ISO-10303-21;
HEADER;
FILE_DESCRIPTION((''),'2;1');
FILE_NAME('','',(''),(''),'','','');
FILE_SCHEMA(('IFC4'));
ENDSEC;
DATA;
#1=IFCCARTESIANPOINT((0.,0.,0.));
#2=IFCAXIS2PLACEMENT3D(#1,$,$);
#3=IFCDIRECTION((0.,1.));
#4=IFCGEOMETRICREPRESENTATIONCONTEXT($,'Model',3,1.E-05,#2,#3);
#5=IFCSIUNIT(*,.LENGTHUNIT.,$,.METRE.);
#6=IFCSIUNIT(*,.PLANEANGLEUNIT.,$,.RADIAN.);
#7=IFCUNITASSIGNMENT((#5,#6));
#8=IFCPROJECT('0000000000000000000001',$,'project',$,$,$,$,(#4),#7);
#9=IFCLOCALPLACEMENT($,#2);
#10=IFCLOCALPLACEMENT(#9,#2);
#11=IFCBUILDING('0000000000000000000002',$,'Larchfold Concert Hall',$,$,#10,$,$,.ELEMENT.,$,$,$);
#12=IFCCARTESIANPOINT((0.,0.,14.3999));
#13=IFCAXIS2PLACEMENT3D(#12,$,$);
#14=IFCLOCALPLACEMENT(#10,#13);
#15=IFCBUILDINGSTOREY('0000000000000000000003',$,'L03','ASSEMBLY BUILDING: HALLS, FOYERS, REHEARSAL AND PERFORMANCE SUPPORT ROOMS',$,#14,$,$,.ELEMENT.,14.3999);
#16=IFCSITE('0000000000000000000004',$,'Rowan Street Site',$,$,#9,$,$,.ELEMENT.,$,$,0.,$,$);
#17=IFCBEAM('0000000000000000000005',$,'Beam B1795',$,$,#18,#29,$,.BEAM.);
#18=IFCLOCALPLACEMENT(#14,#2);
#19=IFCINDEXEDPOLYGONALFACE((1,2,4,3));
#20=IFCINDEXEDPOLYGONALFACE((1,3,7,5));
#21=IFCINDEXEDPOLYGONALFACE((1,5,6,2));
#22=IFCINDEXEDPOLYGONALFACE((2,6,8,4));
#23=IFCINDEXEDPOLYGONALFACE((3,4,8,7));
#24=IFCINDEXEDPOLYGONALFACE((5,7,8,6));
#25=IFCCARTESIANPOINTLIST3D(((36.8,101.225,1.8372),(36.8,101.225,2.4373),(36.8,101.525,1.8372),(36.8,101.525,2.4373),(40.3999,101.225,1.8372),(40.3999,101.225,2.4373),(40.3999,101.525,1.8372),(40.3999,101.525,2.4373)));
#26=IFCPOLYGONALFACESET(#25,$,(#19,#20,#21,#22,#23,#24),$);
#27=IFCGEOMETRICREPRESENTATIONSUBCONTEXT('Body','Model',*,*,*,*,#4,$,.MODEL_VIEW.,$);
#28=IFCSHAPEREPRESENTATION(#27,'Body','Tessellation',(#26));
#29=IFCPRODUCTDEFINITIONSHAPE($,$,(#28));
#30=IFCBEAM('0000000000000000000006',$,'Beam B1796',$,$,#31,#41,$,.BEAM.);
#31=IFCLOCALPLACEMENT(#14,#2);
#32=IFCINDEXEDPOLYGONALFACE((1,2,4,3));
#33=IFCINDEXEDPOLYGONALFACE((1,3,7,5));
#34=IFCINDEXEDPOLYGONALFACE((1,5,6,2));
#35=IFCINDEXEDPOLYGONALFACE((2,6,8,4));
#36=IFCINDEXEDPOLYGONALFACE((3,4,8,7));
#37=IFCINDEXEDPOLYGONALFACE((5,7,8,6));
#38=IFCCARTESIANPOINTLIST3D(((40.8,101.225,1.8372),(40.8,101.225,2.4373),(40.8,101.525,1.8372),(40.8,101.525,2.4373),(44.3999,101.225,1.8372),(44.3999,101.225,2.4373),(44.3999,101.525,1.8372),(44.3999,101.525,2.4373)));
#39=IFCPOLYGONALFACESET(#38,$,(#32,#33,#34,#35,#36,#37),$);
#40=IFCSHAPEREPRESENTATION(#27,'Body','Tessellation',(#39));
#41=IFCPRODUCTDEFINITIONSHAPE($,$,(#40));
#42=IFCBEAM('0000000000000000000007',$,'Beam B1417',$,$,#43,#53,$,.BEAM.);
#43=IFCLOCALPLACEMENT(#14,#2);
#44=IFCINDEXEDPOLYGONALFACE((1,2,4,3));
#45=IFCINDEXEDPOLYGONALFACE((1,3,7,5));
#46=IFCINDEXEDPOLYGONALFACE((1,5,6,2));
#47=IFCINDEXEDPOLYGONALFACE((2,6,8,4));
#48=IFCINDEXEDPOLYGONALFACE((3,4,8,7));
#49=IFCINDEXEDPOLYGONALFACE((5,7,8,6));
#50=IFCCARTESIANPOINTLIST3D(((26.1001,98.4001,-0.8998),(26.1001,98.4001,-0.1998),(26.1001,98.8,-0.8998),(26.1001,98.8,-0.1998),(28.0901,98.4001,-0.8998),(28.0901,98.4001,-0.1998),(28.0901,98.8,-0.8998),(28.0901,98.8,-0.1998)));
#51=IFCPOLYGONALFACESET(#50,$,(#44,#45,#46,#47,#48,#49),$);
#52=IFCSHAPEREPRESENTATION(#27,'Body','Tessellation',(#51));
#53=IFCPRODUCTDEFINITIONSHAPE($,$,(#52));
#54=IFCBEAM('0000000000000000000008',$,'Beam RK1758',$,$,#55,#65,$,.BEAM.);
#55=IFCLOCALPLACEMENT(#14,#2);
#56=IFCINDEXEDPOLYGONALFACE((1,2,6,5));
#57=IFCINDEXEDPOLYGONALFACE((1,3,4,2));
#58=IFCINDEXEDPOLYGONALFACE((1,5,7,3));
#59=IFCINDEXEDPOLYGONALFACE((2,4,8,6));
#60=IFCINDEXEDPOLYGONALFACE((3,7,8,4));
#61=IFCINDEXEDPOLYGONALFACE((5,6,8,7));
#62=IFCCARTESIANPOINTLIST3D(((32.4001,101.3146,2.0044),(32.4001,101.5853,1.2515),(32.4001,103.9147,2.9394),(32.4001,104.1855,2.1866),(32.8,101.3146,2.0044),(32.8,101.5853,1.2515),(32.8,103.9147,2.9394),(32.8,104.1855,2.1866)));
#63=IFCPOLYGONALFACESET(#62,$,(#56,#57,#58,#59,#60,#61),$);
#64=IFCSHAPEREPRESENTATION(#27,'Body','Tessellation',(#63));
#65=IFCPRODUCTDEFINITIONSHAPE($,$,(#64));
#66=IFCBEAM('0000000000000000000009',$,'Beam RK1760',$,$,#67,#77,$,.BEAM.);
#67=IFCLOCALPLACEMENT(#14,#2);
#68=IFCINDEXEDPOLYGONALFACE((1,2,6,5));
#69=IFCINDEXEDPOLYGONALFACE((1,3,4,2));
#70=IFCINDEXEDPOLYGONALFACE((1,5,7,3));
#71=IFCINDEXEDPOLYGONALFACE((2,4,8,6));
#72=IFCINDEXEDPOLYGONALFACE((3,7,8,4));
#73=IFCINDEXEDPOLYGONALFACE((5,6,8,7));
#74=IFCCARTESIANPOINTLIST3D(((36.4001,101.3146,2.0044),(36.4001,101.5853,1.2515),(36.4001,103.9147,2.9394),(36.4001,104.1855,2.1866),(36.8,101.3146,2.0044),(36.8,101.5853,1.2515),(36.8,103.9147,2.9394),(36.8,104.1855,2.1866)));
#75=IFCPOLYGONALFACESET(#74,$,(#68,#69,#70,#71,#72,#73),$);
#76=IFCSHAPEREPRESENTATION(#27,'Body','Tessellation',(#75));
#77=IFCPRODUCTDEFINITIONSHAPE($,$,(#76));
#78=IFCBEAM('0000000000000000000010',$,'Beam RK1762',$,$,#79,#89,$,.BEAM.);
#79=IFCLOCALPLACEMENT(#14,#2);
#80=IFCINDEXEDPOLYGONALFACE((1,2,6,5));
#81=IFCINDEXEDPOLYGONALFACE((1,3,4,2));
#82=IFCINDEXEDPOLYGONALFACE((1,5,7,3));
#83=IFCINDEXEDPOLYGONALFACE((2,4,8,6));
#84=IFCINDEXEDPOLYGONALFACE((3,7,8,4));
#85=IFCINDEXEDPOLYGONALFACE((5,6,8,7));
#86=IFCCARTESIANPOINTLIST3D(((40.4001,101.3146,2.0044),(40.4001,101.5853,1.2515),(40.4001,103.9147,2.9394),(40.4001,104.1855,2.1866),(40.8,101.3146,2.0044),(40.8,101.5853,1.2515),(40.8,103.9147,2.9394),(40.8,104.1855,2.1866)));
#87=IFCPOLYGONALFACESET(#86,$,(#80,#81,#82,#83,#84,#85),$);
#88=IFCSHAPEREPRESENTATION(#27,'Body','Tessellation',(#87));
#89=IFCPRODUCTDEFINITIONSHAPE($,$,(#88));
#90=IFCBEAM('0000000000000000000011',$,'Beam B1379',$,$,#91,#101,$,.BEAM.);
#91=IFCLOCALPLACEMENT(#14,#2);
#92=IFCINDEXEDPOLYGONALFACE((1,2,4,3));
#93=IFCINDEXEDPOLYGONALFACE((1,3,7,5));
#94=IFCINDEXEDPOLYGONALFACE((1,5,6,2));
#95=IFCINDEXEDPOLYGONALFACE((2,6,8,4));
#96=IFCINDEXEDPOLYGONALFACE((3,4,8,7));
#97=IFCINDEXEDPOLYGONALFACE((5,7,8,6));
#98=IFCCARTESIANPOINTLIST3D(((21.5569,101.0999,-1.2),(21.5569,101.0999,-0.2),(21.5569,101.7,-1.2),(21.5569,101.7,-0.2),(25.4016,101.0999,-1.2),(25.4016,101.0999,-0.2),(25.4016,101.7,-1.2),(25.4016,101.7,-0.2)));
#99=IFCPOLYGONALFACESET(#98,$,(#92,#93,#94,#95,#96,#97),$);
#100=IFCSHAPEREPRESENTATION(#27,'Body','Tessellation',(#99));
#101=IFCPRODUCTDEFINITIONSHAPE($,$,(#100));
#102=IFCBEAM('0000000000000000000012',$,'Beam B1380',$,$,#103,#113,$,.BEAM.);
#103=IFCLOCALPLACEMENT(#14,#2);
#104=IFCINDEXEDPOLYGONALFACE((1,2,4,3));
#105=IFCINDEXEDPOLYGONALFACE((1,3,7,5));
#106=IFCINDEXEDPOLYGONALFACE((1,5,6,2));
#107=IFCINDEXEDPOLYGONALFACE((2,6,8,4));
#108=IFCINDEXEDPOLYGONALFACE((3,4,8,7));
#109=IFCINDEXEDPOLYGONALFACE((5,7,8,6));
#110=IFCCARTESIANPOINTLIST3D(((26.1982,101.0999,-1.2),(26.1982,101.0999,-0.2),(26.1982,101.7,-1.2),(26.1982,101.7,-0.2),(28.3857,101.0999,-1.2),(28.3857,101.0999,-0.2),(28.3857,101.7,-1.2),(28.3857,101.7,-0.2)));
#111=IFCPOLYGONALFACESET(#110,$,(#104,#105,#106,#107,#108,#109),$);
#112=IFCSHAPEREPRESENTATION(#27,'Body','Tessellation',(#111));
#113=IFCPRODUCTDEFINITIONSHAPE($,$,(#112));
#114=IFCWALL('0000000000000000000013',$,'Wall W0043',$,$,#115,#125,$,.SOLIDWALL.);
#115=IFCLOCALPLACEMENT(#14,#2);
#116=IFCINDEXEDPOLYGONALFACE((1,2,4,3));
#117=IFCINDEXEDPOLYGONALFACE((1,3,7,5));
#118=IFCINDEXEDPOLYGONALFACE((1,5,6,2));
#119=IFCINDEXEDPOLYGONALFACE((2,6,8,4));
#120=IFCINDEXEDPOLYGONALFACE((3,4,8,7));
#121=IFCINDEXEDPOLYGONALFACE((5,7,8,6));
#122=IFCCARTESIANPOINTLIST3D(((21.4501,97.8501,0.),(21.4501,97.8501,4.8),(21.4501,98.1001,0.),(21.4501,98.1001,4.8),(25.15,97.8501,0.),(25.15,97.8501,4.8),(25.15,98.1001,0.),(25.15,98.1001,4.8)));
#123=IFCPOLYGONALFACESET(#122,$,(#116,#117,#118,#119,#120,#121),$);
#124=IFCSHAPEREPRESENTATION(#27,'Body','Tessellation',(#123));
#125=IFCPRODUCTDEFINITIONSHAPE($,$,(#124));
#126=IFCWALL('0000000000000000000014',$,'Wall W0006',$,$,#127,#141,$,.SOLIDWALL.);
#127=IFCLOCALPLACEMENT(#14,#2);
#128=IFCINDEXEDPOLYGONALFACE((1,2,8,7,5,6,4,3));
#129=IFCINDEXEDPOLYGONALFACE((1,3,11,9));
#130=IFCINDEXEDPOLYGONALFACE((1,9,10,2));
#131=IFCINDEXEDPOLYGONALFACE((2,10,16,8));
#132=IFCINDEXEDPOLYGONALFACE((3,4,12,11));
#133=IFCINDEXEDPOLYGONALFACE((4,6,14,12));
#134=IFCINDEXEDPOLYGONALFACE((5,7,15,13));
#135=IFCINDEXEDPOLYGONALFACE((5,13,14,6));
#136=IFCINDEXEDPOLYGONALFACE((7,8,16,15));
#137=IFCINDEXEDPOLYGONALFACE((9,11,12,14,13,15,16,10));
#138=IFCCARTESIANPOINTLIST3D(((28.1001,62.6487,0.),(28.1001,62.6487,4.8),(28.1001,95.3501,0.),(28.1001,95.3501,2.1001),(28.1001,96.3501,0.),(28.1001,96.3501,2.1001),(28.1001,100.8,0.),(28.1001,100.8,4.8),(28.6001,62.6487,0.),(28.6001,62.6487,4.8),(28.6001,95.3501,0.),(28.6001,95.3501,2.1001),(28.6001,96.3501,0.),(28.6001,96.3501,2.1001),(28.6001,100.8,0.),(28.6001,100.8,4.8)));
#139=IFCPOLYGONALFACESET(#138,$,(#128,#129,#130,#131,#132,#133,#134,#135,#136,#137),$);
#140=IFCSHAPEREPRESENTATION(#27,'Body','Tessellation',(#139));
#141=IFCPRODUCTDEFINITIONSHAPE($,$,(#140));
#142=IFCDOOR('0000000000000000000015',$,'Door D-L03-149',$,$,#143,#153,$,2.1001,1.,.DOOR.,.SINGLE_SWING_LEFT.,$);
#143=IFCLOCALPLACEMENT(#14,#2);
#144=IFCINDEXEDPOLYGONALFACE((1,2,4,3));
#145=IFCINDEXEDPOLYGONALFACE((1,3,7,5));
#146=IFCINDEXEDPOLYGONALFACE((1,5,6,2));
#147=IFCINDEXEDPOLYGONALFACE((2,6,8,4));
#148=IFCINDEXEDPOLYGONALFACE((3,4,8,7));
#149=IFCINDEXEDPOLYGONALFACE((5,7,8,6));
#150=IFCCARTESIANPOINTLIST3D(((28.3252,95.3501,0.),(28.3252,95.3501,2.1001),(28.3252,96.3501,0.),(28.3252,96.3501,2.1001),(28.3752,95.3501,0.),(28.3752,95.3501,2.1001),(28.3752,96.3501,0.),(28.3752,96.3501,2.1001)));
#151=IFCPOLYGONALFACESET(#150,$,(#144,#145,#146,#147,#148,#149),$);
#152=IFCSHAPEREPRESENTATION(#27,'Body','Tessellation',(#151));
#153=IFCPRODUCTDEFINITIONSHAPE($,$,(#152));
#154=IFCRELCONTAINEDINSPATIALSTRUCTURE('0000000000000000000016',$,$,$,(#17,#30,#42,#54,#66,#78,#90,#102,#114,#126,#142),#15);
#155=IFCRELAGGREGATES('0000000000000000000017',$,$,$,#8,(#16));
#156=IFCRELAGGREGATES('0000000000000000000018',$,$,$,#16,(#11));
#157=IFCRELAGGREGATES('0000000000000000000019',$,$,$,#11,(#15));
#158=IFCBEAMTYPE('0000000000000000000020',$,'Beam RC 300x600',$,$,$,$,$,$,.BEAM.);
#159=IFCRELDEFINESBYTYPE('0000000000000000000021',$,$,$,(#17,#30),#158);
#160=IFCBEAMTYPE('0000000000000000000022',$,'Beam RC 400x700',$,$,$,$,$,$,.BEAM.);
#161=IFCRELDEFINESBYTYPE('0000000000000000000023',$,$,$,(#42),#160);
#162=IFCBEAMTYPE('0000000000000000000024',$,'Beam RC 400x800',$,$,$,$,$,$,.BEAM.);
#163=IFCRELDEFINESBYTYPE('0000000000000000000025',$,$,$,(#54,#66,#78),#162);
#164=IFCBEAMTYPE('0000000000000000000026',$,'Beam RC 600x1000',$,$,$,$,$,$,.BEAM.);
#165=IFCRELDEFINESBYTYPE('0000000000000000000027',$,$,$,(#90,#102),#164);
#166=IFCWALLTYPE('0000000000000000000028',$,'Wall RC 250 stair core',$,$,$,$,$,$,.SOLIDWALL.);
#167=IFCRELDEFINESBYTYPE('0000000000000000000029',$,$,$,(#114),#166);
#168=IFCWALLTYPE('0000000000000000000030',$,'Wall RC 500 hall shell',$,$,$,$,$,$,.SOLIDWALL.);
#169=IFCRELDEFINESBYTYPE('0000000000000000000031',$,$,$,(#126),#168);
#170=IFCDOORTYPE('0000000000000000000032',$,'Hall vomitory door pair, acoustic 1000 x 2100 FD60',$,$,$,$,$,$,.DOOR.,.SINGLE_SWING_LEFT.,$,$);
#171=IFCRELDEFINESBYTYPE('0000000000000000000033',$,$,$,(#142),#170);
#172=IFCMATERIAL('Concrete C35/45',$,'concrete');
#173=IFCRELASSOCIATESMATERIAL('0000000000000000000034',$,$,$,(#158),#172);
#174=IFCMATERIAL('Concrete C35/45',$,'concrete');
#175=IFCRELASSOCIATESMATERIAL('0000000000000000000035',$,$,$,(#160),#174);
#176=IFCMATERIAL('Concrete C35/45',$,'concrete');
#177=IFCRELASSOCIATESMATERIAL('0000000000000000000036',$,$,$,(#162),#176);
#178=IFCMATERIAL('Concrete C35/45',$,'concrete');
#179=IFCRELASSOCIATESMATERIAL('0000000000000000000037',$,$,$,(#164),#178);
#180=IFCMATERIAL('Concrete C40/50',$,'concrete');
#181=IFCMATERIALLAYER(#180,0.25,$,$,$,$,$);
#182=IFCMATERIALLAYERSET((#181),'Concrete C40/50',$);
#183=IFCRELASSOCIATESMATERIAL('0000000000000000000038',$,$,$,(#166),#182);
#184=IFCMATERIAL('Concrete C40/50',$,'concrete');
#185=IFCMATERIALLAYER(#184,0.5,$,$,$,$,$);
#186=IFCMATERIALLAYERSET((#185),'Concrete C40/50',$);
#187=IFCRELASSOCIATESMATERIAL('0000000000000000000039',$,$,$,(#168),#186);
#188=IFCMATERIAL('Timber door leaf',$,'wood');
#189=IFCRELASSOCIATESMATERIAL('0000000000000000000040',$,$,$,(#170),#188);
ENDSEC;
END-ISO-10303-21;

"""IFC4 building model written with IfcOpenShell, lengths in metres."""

from ifc_helpers import new_model, si_unit, direction, frame, frame_2d, origin, origin_2d, place, context, subcontext, project, spatial, rectangle, extrude, material, layer, layer_set, material_profile, profile_set, type_object, element, fill, save


model = new_model("IFC4")

# Units and contexts
model_context = context("Model", 3, precision=1e-05, world=origin(), true_north=direction((0.0, 1.0)))
body_context = subcontext(model_context, "Body", "Model", "MODEL_VIEW")
ifc_project = project(units=[si_unit("LENGTHUNIT", "METRE"), si_unit("PLANEANGLEUNIT", "RADIAN")], contexts=[model_context])

# Site, building, storey
site_placement = place(None, origin())
site = spatial("IfcSite", under=ifc_project, at=site_placement, Name="Rowan Street Site", CompositionType="ELEMENT", RefElevation=0.0)
building_placement = place(site_placement, origin())
building = spatial("IfcBuilding", under=site, at=building_placement, Name="Larchfold Concert Hall", CompositionType="ELEMENT")
storey_placement = place(building_placement, frame((0.0, 0.0, 14.3999)))
storey = spatial("IfcBuildingStorey", under=building, at=storey_placement, Name="L03", Description="ASSEMBLY BUILDING: HALLS, FOYERS, REHEARSAL AND PERFORMANCE SUPPORT ROOMS", CompositionType="ELEMENT", Elevation=14.3999)

# Beams
ifc_material_1 = material(Name="Concrete C35/45", Category="concrete")
ifc_material_profile_1 = material_profile(ifc_material_1, rectangle(XDim=0.3, YDim=0.6001, at=origin_2d()))
ifc_profile_set_1 = profile_set([ifc_material_profile_1], Name="Concrete C35/45")
beam_type_1 = type_object("IfcBeamType", Name="Beam RC 300x600", PredefinedType="BEAM", material=ifc_profile_set_1)
for number, where, z_axis, x_axis, name in (
    (1, (36.8, 101.375, 2.1372), (1.0, 0.0, 0.0), (0.0, 1.0, 0.0), "Beam B1795"),
    (2, (40.8, 101.375, 2.1372), (1.0, 0.0, 0.0), (0.0, 1.0, 0.0), "Beam B1796"),
):
    element("IfcBeam", number, at=place(storey_placement, frame(where, z_axis=z_axis, x_axis=x_axis)), inside=storey, type_object=beam_type_1, Name=name, PredefinedType="BEAM", context=body_context, shape_type="SweptSolid", body=[
        extrude(rectangle(XDim=0.3, YDim=0.6001, at=origin_2d()), origin(), (0.0, 0.0, 1.0), 3.5999),
    ])
ifc_material_2 = material(Name="Concrete C35/45", Category="concrete")
ifc_material_profile_2 = material_profile(ifc_material_2, rectangle(XDim=0.3999, YDim=0.7, at=origin_2d()))
ifc_profile_set_2 = profile_set([ifc_material_profile_2], Name="Concrete C35/45")
beam_type_2 = type_object("IfcBeamType", Name="Beam RC 400x700", PredefinedType="BEAM", material=ifc_profile_set_2)
beam_1_placement = place(storey_placement, frame((26.1001, 98.6001, -0.5498), z_axis=(1.0, 0.0, 0.0), x_axis=(0.0, 1.0, 0.0)))
element("IfcBeam", 3, at=beam_1_placement, inside=storey, type_object=beam_type_2, Name="Beam B1417", PredefinedType="BEAM", context=body_context, shape_type="SweptSolid", body=[
    extrude(rectangle(XDim=0.3999, YDim=0.7, at=origin_2d()), origin(), (0.0, 0.0, 1.0), 1.99),
])
ifc_material_3 = material(Name="Concrete C35/45", Category="concrete")
ifc_material_profile_3 = material_profile(ifc_material_3, rectangle(XDim=0.3999, YDim=0.8, at=origin_2d()))
ifc_profile_set_3 = profile_set([ifc_material_profile_3], Name="Concrete C35/45")
beam_type_3 = type_object("IfcBeamType", Name="Beam RC 400x800", PredefinedType="BEAM", material=ifc_profile_set_3)
for number, where, z_axis, x_axis, name in (
    (4, (32.6001, 101.45, 1.6279), (0.0, 0.941, 0.338407), (-1.0, 0.0, 0.0), "Beam RK1758"),
    (5, (36.6001, 101.45, 1.6279), (0.0, 0.941, 0.338407), (-1.0, 0.0, 0.0), "Beam RK1760"),
    (6, (40.6001, 101.45, 1.6279), (0.0, 0.941, 0.338407), (-1.0, 0.0, 0.0), "Beam RK1762"),
):
    element("IfcBeam", number, at=place(storey_placement, frame(where, z_axis=z_axis, x_axis=x_axis)), inside=storey, type_object=beam_type_3, Name=name, PredefinedType="BEAM", context=body_context, shape_type="SweptSolid", body=[
        extrude(rectangle(XDim=0.3999, YDim=0.8, at=origin_2d()), origin(), (0.0, 0.0, 1.0), 2.7632),
    ])
ifc_material_4 = material(Name="Concrete C35/45", Category="concrete")
ifc_material_profile_4 = material_profile(ifc_material_4, rectangle(XDim=0.6001, YDim=1.0, at=origin_2d()))
ifc_profile_set_4 = profile_set([ifc_material_profile_4], Name="Concrete C35/45")
beam_type_4 = type_object("IfcBeamType", Name="Beam RC 600x1000", PredefinedType="BEAM", material=ifc_profile_set_4)
beam_2_placement = place(storey_placement, frame((21.5569, 101.3999, -0.7), z_axis=(1.0, 0.0, 0.0), x_axis=(0.0, 1.0, 0.0)))
element("IfcBeam", 7, at=beam_2_placement, inside=storey, type_object=beam_type_4, Name="Beam B1379", PredefinedType="BEAM", context=body_context, shape_type="SweptSolid", body=[
    extrude(rectangle(XDim=0.6001, YDim=1.0, at=origin_2d()), origin(), (0.0, 0.0, 1.0), 3.8447),
])
beam_3_placement = place(storey_placement, frame((26.1982, 101.3999, -0.7), z_axis=(1.0, 0.0, 0.0), x_axis=(0.0, 1.0, 0.0)))
element("IfcBeam", 8, at=beam_3_placement, inside=storey, type_object=beam_type_4, Name="Beam B1380", PredefinedType="BEAM", context=body_context, shape_type="SweptSolid", body=[
    extrude(rectangle(XDim=0.6001, YDim=1.0, at=origin_2d()), origin(), (0.0, 0.0, 1.0), 2.1875),
])

# Wall
ifc_material_5 = material(Name="Concrete C40/50", Category="concrete")
ifc_layer_1 = layer(ifc_material_5, 0.25)
ifc_layer_set_1 = layer_set([ifc_layer_1], Name="Concrete C40/50")
wall_type_1 = type_object("IfcWallType", Name="Wall RC 250 stair core", PredefinedType="SOLIDWALL", material=ifc_layer_set_1)
wall_1_placement = place(storey_placement, frame((21.45, 97.9751, 0.0), z_axis=(0.0, 0.0, 1.0), x_axis=(1.0, 0.0, 0.0)))
element("IfcWall", 9, at=wall_1_placement, inside=storey, type_object=wall_type_1, Name="Wall W0043", PredefinedType="SOLIDWALL", context=body_context, shape_type="SweptSolid", body=[
    extrude(rectangle(XDim=3.7, YDim=0.25, at=frame_2d((1.8501, 0.0))), origin(), (0.0, 0.0, 1.0), 4.8),
])

# Wall, opening, door
ifc_material_6 = material(Name="Concrete C40/50", Category="concrete")
ifc_layer_2 = layer(ifc_material_6, 0.5)
ifc_layer_set_2 = layer_set([ifc_layer_2], Name="Concrete C40/50")
wall_type_2 = type_object("IfcWallType", Name="Wall RC 500 hall shell", PredefinedType="SOLIDWALL", material=ifc_layer_set_2)
wall_2_placement = place(storey_placement, frame((28.3501, 100.8, 0.0), z_axis=(0.0, 0.0, 1.0), x_axis=(0.0, -1.0, 0.0)))
wall_2 = element("IfcWall", 10, at=wall_2_placement, inside=storey, type_object=wall_type_2, Name="Wall W0006", PredefinedType="SOLIDWALL", context=body_context, shape_type="SweptSolid", body=[
    extrude(rectangle(XDim=38.1514, YDim=0.5, at=frame_2d((19.0757, 0.0))), origin(), (0.0, 0.0, 1.0), 4.8),
])
opening_placement = place(wall_2_placement, frame((5.45, 0.0, 0.0), z_axis=(0.0, 0.0, 1.0), x_axis=(-1.0, 0.0, 0.0)))
opening = element("IfcOpeningElement", 11, at=opening_placement, cuts=wall_2, PredefinedType="OPENING", context=body_context, shape_type="SweptSolid", body=[
    extrude(rectangle(XDim=1.0, YDim=2.1001, at=frame_2d((0.5, 1.05))), frame((0.0, 0.26, 0.0), z_axis=(0.0, -1.0, 0.0), x_axis=(1.0, 0.0, 0.0)), (0.0, 0.0, 1.0), 0.52),
])
ifc_material_7 = material(Name="Timber door leaf", Category="wood")
door_type = type_object("IfcDoorType", Name="Hall vomitory door pair, acoustic 1000 x 2100 FD60", OperationType="SINGLE_SWING_LEFT", PredefinedType="DOOR", material=ifc_material_7)
door_placement = place(opening_placement, origin())
door = element("IfcDoor", 12, at=door_placement, inside=storey, type_object=door_type, Name="Door D-L03-149", OperationType="SINGLE_SWING_LEFT", OverallHeight=2.1001, OverallWidth=1.0, PredefinedType="DOOR", context=body_context, shape_type="SweptSolid", body=[
    extrude(rectangle(XDim=1.0, YDim=2.1001, at=frame_2d((0.5, 1.05))), frame((0.0, 0.0249, 0.0), z_axis=(0.0, -1.0, 0.0), x_axis=(1.0, 0.0, 0.0)), (0.0, 0.0, 1.0), 0.05),
])
fill(opening, door)

save(model, "model.ifc")
